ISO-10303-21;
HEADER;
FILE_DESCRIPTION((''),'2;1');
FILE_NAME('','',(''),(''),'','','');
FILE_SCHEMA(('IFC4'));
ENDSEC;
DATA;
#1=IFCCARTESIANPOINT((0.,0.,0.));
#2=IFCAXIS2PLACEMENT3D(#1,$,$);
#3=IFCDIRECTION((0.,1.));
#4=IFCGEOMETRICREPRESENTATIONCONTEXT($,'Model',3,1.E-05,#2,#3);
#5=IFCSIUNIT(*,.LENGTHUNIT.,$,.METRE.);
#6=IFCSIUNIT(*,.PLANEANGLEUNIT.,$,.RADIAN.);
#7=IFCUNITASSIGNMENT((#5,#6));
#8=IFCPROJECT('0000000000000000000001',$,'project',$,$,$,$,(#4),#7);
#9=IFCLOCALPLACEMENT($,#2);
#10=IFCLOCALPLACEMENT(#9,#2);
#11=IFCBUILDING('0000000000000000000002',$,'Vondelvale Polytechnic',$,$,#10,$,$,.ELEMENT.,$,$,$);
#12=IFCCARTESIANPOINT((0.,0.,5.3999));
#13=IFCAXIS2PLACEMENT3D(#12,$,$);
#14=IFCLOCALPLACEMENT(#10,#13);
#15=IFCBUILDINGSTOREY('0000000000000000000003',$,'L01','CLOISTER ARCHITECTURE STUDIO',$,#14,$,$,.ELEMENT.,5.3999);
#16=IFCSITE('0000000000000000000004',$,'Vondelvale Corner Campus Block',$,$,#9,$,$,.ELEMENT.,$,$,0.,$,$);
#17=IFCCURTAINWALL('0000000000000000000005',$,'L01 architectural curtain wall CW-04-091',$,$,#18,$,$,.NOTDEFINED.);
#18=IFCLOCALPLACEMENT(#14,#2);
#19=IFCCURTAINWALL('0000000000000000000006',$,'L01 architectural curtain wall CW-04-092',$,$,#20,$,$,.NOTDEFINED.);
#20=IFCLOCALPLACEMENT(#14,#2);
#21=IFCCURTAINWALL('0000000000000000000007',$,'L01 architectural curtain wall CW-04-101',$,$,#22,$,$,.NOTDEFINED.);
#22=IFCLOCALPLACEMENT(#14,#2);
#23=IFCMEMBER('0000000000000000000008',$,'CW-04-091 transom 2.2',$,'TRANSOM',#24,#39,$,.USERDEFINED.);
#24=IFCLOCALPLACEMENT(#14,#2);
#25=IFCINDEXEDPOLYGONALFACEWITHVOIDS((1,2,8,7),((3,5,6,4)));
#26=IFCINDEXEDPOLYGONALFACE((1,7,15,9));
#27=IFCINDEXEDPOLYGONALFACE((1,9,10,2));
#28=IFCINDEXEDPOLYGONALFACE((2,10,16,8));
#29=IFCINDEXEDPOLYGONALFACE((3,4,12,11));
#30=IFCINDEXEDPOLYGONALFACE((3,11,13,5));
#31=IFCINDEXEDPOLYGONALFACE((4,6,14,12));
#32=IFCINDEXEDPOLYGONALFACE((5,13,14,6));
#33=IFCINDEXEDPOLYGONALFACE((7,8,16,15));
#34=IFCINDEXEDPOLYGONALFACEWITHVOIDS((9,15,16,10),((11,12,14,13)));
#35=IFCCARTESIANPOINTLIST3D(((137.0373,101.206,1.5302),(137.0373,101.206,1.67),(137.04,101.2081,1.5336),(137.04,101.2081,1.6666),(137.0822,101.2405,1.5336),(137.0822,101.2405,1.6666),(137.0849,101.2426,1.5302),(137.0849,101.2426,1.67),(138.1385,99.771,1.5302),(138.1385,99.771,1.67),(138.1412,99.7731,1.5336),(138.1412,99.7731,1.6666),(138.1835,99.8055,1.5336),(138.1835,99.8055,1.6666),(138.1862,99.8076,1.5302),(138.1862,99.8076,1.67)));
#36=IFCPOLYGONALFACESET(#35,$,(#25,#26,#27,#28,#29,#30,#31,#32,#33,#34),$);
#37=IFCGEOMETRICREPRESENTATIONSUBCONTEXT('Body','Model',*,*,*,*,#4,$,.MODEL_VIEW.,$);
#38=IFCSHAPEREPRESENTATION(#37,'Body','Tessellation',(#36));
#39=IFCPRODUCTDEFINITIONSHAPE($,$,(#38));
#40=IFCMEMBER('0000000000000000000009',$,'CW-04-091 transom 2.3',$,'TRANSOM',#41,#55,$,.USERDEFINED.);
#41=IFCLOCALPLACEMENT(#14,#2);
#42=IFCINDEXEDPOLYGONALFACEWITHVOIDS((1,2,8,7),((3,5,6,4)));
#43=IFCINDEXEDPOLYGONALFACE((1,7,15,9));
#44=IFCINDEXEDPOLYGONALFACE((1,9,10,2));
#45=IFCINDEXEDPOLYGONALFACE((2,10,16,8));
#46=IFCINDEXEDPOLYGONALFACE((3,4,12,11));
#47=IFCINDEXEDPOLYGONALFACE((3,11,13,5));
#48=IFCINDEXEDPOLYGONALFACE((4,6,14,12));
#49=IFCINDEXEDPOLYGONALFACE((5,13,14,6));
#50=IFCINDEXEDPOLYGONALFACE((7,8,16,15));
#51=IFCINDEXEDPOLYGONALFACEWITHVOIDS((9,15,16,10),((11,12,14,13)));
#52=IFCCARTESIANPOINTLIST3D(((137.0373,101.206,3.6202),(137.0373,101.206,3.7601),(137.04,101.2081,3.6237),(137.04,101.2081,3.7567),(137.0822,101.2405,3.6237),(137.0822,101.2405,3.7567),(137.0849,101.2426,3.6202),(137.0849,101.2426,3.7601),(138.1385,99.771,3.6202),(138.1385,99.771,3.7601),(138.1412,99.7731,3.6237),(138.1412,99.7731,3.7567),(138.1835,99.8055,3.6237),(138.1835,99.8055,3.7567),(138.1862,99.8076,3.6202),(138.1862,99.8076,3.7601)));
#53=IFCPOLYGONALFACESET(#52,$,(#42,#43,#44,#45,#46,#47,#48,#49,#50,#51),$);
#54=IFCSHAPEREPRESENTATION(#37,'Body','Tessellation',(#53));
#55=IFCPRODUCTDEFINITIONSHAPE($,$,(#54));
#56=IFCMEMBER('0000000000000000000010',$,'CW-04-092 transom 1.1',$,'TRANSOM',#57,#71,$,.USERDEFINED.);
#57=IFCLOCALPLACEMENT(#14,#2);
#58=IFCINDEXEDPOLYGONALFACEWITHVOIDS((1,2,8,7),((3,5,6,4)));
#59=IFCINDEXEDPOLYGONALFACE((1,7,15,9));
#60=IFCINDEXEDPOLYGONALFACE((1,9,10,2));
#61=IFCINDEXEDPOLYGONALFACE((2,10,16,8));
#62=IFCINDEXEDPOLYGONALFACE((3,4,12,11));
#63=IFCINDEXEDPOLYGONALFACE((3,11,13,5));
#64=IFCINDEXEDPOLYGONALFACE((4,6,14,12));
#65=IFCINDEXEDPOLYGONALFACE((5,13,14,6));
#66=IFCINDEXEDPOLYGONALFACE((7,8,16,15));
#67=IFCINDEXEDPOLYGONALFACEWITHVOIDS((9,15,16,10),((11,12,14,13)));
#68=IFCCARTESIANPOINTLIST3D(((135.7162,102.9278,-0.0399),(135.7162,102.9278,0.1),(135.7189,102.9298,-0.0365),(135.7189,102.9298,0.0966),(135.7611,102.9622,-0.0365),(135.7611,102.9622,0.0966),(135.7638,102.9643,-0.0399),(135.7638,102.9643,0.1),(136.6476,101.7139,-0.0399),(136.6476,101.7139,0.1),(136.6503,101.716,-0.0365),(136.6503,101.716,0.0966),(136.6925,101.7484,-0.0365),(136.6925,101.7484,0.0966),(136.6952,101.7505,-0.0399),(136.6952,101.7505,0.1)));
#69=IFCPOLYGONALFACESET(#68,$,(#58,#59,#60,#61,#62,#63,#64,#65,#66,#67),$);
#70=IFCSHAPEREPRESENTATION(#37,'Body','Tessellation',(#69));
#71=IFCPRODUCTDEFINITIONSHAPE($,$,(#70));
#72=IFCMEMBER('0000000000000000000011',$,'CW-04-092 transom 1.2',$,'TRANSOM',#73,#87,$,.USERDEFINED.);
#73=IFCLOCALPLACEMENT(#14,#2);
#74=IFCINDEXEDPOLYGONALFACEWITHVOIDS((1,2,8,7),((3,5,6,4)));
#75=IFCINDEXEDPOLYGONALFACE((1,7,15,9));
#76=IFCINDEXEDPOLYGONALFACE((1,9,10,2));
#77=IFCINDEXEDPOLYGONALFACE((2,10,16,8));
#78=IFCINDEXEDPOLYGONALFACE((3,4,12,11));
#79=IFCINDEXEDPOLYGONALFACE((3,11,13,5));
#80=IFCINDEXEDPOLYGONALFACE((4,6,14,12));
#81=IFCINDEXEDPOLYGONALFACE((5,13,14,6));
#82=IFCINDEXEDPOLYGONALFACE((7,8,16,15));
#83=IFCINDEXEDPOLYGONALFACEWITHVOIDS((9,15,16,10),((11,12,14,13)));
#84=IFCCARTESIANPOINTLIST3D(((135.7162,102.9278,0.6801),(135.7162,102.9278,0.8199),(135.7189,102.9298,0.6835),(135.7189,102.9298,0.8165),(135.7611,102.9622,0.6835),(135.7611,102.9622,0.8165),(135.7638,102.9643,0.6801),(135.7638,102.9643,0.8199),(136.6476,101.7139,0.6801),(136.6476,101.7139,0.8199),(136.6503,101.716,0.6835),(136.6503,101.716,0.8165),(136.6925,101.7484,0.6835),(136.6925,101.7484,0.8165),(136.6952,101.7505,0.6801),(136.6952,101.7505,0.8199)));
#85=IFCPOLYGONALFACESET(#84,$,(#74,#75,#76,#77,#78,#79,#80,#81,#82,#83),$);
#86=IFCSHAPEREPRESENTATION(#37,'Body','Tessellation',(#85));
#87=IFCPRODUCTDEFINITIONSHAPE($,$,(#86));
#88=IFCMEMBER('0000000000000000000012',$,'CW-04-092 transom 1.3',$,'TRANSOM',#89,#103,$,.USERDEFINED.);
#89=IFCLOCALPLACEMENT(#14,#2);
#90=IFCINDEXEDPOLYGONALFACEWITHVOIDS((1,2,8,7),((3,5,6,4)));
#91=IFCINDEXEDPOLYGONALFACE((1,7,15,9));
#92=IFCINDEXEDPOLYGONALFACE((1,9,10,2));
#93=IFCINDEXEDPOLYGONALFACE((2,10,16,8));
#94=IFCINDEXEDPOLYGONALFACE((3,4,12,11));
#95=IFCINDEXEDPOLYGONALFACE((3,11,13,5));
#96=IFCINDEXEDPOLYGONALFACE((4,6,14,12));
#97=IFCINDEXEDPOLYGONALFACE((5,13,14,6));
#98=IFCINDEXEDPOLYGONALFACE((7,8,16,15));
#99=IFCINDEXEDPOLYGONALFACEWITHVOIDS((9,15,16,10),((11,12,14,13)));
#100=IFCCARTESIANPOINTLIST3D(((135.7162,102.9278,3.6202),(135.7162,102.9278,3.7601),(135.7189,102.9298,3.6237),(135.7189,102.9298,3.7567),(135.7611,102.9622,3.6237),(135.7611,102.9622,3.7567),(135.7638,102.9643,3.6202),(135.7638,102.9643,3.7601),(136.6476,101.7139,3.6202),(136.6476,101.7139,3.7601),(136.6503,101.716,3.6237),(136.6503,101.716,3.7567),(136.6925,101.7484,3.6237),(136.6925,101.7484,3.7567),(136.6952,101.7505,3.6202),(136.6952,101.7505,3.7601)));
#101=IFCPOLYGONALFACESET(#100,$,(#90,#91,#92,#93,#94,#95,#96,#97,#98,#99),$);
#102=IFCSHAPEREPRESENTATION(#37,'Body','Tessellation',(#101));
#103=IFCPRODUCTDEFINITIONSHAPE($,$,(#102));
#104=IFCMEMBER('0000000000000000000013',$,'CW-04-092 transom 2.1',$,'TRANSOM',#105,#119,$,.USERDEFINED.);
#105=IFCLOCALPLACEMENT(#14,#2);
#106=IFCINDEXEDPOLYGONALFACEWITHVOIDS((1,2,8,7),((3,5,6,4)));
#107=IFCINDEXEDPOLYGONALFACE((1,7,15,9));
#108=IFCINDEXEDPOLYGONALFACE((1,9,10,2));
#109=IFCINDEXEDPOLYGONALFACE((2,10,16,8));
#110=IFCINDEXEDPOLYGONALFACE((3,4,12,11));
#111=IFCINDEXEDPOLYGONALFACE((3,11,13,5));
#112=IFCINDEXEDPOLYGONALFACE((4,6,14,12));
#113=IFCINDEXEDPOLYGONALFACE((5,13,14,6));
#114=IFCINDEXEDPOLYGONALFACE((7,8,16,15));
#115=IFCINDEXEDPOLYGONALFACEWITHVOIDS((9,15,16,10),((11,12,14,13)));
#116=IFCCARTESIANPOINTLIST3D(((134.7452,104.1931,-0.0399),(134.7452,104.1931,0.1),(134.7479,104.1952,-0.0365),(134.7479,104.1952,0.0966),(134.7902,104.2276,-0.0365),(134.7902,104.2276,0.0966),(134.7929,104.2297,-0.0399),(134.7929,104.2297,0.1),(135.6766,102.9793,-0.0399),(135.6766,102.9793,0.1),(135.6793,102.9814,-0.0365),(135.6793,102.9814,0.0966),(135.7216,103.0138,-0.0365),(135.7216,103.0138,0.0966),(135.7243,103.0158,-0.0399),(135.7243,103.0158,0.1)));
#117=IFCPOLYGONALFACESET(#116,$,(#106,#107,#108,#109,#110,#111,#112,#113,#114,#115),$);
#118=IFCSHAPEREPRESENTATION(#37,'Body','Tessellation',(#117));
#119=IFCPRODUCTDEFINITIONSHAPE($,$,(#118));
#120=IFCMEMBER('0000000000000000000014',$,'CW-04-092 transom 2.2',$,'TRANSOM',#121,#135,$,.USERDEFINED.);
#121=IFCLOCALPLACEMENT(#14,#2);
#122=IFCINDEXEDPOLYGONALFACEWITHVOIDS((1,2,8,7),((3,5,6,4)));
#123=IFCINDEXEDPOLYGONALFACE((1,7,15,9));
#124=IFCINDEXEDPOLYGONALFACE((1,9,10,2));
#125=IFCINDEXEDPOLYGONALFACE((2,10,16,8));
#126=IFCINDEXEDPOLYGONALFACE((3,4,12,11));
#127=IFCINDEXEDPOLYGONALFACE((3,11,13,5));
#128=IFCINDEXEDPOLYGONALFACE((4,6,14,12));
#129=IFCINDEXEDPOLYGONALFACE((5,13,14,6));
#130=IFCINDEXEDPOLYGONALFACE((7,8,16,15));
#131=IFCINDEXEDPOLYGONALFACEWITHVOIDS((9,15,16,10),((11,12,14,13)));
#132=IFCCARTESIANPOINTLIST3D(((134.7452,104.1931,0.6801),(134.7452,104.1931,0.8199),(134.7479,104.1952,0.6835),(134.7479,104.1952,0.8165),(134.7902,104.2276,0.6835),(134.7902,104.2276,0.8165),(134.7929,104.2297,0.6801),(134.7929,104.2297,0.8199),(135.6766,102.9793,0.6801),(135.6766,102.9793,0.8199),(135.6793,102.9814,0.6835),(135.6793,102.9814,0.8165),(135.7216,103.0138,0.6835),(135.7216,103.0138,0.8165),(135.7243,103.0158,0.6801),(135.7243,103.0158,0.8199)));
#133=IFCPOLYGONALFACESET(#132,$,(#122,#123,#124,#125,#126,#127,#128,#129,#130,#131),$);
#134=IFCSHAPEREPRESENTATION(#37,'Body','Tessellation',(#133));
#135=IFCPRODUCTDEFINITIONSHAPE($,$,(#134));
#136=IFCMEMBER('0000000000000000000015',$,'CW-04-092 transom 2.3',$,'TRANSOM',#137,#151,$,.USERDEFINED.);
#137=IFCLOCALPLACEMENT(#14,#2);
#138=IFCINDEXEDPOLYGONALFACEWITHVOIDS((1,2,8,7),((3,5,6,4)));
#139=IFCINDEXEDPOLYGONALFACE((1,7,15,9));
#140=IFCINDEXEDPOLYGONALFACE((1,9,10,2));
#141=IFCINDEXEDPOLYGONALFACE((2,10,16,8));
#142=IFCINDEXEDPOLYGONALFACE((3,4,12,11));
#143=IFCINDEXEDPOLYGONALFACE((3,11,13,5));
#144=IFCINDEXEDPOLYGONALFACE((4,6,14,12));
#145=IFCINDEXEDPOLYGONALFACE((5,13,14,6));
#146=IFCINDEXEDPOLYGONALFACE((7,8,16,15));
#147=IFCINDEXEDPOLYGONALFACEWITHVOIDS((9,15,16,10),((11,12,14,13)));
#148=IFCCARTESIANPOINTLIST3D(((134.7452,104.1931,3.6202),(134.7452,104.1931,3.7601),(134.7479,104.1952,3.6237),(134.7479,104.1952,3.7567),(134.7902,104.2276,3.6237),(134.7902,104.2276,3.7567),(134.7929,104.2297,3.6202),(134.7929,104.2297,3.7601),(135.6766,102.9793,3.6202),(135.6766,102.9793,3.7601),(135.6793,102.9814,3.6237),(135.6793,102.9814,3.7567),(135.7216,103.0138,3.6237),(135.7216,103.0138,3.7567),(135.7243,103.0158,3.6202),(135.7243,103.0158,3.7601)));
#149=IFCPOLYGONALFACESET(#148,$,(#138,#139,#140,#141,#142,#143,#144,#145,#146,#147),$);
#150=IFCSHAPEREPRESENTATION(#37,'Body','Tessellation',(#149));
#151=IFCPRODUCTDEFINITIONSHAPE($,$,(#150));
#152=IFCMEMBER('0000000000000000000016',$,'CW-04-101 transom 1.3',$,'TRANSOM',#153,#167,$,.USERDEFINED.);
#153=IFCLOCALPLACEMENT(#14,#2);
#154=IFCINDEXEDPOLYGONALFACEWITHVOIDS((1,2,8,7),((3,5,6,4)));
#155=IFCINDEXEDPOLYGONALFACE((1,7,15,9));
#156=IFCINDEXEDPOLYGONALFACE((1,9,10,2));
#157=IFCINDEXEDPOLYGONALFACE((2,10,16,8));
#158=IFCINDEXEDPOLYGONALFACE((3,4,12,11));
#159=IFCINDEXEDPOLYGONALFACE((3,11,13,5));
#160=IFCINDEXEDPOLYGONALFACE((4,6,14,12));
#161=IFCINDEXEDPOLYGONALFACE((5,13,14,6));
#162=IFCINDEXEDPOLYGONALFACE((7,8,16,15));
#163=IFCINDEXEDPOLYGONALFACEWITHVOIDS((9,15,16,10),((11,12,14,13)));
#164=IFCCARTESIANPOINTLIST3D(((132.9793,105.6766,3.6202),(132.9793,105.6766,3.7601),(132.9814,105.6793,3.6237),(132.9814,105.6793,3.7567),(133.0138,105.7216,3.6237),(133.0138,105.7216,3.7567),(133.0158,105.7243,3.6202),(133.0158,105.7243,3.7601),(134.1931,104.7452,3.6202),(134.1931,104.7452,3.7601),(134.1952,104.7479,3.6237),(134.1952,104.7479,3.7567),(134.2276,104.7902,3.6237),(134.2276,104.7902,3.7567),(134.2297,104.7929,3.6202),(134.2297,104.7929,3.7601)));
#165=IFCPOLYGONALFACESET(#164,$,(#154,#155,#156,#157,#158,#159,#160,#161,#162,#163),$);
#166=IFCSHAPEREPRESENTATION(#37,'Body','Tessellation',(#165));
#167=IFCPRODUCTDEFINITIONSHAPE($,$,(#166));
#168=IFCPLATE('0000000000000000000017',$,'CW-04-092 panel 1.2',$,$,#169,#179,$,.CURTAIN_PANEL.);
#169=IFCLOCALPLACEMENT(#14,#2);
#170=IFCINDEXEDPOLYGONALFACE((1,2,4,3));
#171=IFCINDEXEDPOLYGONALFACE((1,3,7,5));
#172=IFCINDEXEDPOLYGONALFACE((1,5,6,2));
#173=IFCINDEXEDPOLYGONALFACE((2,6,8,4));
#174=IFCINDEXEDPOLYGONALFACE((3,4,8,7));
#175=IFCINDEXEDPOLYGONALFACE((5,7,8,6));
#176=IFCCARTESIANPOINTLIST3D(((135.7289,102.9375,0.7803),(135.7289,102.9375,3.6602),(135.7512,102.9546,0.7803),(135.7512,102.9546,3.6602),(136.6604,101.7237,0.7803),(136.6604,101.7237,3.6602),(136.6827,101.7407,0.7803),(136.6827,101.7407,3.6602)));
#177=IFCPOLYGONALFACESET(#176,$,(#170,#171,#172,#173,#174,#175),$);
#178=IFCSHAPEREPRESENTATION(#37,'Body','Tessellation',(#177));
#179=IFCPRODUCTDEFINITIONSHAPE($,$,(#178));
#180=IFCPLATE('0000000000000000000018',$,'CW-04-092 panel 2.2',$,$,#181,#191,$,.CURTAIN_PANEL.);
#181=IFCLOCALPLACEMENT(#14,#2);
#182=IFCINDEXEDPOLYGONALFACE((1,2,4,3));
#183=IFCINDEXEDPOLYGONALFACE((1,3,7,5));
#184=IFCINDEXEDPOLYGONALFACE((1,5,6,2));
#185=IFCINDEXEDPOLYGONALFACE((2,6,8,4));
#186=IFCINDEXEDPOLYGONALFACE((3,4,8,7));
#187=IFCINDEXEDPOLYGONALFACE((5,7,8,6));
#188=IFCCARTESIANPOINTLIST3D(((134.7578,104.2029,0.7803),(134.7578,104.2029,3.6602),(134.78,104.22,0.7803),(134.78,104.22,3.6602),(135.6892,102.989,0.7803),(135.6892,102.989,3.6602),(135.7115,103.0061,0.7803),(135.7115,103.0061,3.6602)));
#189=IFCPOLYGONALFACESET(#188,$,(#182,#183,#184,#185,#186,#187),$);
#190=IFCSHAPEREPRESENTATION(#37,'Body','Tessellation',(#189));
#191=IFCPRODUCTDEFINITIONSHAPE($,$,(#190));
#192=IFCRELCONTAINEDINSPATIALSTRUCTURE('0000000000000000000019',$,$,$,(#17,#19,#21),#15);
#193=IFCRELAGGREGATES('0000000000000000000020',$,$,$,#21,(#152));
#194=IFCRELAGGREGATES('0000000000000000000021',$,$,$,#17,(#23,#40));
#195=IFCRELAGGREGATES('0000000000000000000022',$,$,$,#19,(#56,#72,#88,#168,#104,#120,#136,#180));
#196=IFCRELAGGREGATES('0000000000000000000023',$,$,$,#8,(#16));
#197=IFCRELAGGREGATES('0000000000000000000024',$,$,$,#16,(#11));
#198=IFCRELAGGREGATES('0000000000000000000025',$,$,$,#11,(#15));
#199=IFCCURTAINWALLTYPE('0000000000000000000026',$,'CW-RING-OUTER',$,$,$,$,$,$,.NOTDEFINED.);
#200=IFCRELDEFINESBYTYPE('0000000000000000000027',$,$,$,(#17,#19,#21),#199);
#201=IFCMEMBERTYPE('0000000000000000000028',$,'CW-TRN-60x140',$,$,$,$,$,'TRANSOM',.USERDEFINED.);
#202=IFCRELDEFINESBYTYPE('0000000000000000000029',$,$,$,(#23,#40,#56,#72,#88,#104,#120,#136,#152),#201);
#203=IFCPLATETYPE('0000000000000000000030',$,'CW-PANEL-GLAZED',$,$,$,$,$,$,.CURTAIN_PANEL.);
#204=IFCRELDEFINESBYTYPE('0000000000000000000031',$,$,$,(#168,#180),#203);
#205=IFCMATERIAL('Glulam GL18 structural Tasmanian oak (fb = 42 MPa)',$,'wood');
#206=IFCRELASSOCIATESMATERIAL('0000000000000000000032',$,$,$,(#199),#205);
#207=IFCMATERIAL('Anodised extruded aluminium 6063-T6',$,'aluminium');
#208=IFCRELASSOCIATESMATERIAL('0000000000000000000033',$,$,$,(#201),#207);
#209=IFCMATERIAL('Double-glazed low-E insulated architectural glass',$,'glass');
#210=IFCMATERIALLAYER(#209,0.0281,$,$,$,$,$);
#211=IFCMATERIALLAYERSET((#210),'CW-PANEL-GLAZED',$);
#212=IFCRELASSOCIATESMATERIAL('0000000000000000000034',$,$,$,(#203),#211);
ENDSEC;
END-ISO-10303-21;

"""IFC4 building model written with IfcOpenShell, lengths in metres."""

from ifc_helpers import new_model, si_unit, direction, frame, origin, origin_2d, place, context, subcontext, project, spatial, rectangle, hollow_rectangle, extrude, material, layer, layer_set, material_profile, profile_set, type_object, element, aggregate, save


model = new_model("IFC4")

# Units and contexts
model_context = context("Model", 3, precision=1e-05, world=origin(), true_north=direction((0.0, 1.0)))
body_context = subcontext(model_context, "Body", "Model", "MODEL_VIEW")
ifc_project = project(units=[si_unit("LENGTHUNIT", "METRE"), si_unit("PLANEANGLEUNIT", "RADIAN")], contexts=[model_context])

# Site, building, storey
site_placement = place(None, origin())
site = spatial("IfcSite", under=ifc_project, at=site_placement, Name="Vondelvale Corner Campus Block", CompositionType="ELEMENT", RefElevation=0.0)
building_placement = place(site_placement, origin())
building = spatial("IfcBuilding", under=site, at=building_placement, Name="Vondelvale Polytechnic", CompositionType="ELEMENT")
storey_placement = place(building_placement, frame((0.0, 0.0, 5.3999)))
storey = spatial("IfcBuildingStorey", under=building, at=storey_placement, Name="L01", Description="CLOISTER ARCHITECTURE STUDIO", CompositionType="ELEMENT", Elevation=5.3999)

# Shared definitions
ifc_material_1 = material(Name="Glulam GL18 structural Tasmanian oak (fb = 42 MPa)", Category="wood")

# Curtain wall
curtain_wall_type = type_object("IfcCurtainWallType", Name="CW-RING-OUTER", PredefinedType="NOTDEFINED", material=ifc_material_1)
curtain_wall_1_placement = place(storey_placement, origin())
curtain_wall_1 = element("IfcCurtainWall", 1, at=curtain_wall_1_placement, inside=storey, type_object=curtain_wall_type, Name="L01 architectural curtain wall CW-04-091", PredefinedType="NOTDEFINED")
ifc_material_2 = material(Name="Anodised extruded aluminium 6063-T6", Category="aluminium")

# Curtain wall
curtain_wall_2_placement = place(storey_placement, origin())
curtain_wall_2 = element("IfcCurtainWall", 2, at=curtain_wall_2_placement, inside=storey, type_object=curtain_wall_type, Name="L01 architectural curtain wall CW-04-092", PredefinedType="NOTDEFINED")

# Curtain wall
curtain_wall_3_placement = place(storey_placement, origin())
curtain_wall_3 = element("IfcCurtainWall", 3, at=curtain_wall_3_placement, inside=storey, type_object=curtain_wall_type, Name="L01 architectural curtain wall CW-04-101", PredefinedType="NOTDEFINED")

# Members
ifc_material_profile_1 = material_profile(ifc_material_2, hollow_rectangle(XDim=0.0601, YDim=0.1399, WallThickness=0.0034, at=origin_2d()), Name="CW-TRN-140x60")
ifc_profile_set_1 = profile_set([ifc_material_profile_1], Name="Anodised extruded aluminium 6063-T6")
member_type_1 = type_object("IfcMemberType", Name="CW-TRN-60x140", ElementType="TRANSOM", PredefinedType="USERDEFINED", material=ifc_profile_set_1)
member_1_placement = place(storey_placement, frame((138.1624, 99.7893, 1.6001), z_axis=(-0.608817, 0.793311, 0.0), x_axis=(-0.793311, -0.608817, 0.0)))
member_1 = element("IfcMember", 4, at=member_1_placement, type_object=member_type_1, Name="CW-04-091 transom 2.2", ObjectType="TRANSOM", PredefinedType="USERDEFINED", context=body_context, shape_type="SweptSolid", body=[
    extrude(hollow_rectangle(XDim=0.0601, YDim=0.1399, WallThickness=0.0034, at=origin_2d()), origin(), (0.0, 0.0, 1.0), 1.8088),
])
member_2_placement = place(storey_placement, frame((138.1624, 99.7893, 3.6902), z_axis=(-0.608817, 0.793311, 0.0), x_axis=(-0.793311, -0.608817, 0.0)))
member_2 = element("IfcMember", 5, at=member_2_placement, type_object=member_type_1, Name="CW-04-091 transom 2.3", ObjectType="TRANSOM", PredefinedType="USERDEFINED", context=body_context, shape_type="SweptSolid", body=[
    extrude(hollow_rectangle(XDim=0.0601, YDim=0.1399, WallThickness=0.0034, at=origin_2d()), origin(), (0.0, 0.0, 1.0), 1.8088),
])
member_3_placement = place(storey_placement, frame((136.6714, 101.7322, 0.03), z_axis=(-0.608746, 0.793365, 0.0), x_axis=(-0.793365, -0.608746, 0.0)))
member_3 = element("IfcMember", 6, at=member_3_placement, type_object=member_type_1, Name="CW-04-092 transom 1.1", ObjectType="TRANSOM", PredefinedType="USERDEFINED", context=body_context, shape_type="SweptSolid", body=[
    extrude(hollow_rectangle(XDim=0.0601, YDim=0.1399, WallThickness=0.0034, at=origin_2d()), origin(), (0.0, 0.0, 1.0), 1.53),
])
member_4_placement = place(storey_placement, frame((136.6714, 101.7322, 0.75), z_axis=(-0.608746, 0.793365, 0.0), x_axis=(-0.793365, -0.608746, 0.0)))
member_4 = element("IfcMember", 7, at=member_4_placement, type_object=member_type_1, Name="CW-04-092 transom 1.2", ObjectType="TRANSOM", PredefinedType="USERDEFINED", context=body_context, shape_type="SweptSolid", body=[
    extrude(hollow_rectangle(XDim=0.0601, YDim=0.1399, WallThickness=0.0034, at=origin_2d()), origin(), (0.0, 0.0, 1.0), 1.53),
])
member_5_placement = place(storey_placement, frame((136.6714, 101.7322, 3.6902), z_axis=(-0.608746, 0.793365, 0.0), x_axis=(-0.793365, -0.608746, 0.0)))
member_5 = element("IfcMember", 8, at=member_5_placement, type_object=member_type_1, Name="CW-04-092 transom 1.3", ObjectType="TRANSOM", PredefinedType="USERDEFINED", context=body_context, shape_type="SweptSolid", body=[
    extrude(hollow_rectangle(XDim=0.0601, YDim=0.1399, WallThickness=0.0034, at=origin_2d()), origin(), (0.0, 0.0, 1.0), 1.53),
])
member_6_placement = place(storey_placement, frame((135.7004, 102.9976, 0.03), z_axis=(-0.608746, 0.793365, 0.0), x_axis=(-0.793365, -0.608746, 0.0)))
member_6 = element("IfcMember", 9, at=member_6_placement, type_object=member_type_1, Name="CW-04-092 transom 2.1", ObjectType="TRANSOM", PredefinedType="USERDEFINED", context=body_context, shape_type="SweptSolid", body=[
    extrude(hollow_rectangle(XDim=0.0601, YDim=0.1399, WallThickness=0.0034, at=origin_2d()), origin(), (0.0, 0.0, 1.0), 1.53),
])
member_7_placement = place(storey_placement, frame((135.7004, 102.9976, 0.75), z_axis=(-0.608746, 0.793365, 0.0), x_axis=(-0.793365, -0.608746, 0.0)))
member_7 = element("IfcMember", 10, at=member_7_placement, type_object=member_type_1, Name="CW-04-092 transom 2.2", ObjectType="TRANSOM", PredefinedType="USERDEFINED", context=body_context, shape_type="SweptSolid", body=[
    extrude(hollow_rectangle(XDim=0.0601, YDim=0.1399, WallThickness=0.0034, at=origin_2d()), origin(), (0.0, 0.0, 1.0), 1.53),
])
member_8_placement = place(storey_placement, frame((135.7004, 102.9976, 3.6902), z_axis=(-0.608746, 0.793365, 0.0), x_axis=(-0.793365, -0.608746, 0.0)))
member_8 = element("IfcMember", 11, at=member_8_placement, type_object=member_type_1, Name="CW-04-092 transom 2.3", ObjectType="TRANSOM", PredefinedType="USERDEFINED", context=body_context, shape_type="SweptSolid", body=[
    extrude(hollow_rectangle(XDim=0.0601, YDim=0.1399, WallThickness=0.0034, at=origin_2d()), origin(), (0.0, 0.0, 1.0), 1.53),
])
member_9_placement = place(storey_placement, frame((134.2114, 104.769, 3.6902), z_axis=(-0.793365, 0.608746, 0.0), x_axis=(-0.608746, -0.793365, 0.0)))
member_9 = element("IfcMember", 12, at=member_9_placement, type_object=member_type_1, Name="CW-04-101 transom 1.3", ObjectType="TRANSOM", PredefinedType="USERDEFINED", context=body_context, shape_type="SweptSolid", body=[
    extrude(hollow_rectangle(XDim=0.0601, YDim=0.1399, WallThickness=0.0034, at=origin_2d()), origin(), (0.0, 0.0, 1.0), 1.53),
])
aggregate(curtain_wall_3, [member_9])

# Plates
ifc_material_3 = material(Name="Double-glazed low-E insulated architectural glass", Category="glass")
ifc_layer_1 = layer(ifc_material_3, 0.0281)
ifc_layer_set_1 = layer_set([ifc_layer_1], Name="CW-PANEL-GLAZED")
plate_type_1 = type_object("IfcPlateType", Name="CW-PANEL-GLAZED", PredefinedType="CURTAIN_PANEL", material=ifc_layer_set_1)
plate_1_placement = place(storey_placement, frame((136.2058, 102.3391, 0.7803), z_axis=(0.0, 0.0, 1.0), x_axis=(-0.608787, 0.793334, 0.0)))
plate_1 = element("IfcPlate", 13, at=plate_1_placement, type_object=plate_type_1, Name="CW-04-092 panel 1.2", PredefinedType="CURTAIN_PANEL", context=body_context, shape_type="SweptSolid", body=[
    extrude(rectangle(XDim=1.53, YDim=0.0281, at=origin_2d()), origin(), (0.0, 0.0, 1.0), 2.8799),
])
plate_2_placement = place(storey_placement, frame((135.2346, 103.6045, 0.7803), z_axis=(0.0, 0.0, 1.0), x_axis=(-0.608787, 0.793334, 0.0)))
plate_2 = element("IfcPlate", 14, at=plate_2_placement, type_object=plate_type_1, Name="CW-04-092 panel 2.2", PredefinedType="CURTAIN_PANEL", context=body_context, shape_type="SweptSolid", body=[
    extrude(rectangle(XDim=1.53, YDim=0.0281, at=origin_2d()), origin(), (0.0, 0.0, 1.0), 2.8799),
])
aggregate(curtain_wall_1, [member_1, member_2])
aggregate(curtain_wall_2, [member_3, member_4, member_5, plate_1, member_6, member_7, member_8, plate_2])

save(model, "model.ifc")
